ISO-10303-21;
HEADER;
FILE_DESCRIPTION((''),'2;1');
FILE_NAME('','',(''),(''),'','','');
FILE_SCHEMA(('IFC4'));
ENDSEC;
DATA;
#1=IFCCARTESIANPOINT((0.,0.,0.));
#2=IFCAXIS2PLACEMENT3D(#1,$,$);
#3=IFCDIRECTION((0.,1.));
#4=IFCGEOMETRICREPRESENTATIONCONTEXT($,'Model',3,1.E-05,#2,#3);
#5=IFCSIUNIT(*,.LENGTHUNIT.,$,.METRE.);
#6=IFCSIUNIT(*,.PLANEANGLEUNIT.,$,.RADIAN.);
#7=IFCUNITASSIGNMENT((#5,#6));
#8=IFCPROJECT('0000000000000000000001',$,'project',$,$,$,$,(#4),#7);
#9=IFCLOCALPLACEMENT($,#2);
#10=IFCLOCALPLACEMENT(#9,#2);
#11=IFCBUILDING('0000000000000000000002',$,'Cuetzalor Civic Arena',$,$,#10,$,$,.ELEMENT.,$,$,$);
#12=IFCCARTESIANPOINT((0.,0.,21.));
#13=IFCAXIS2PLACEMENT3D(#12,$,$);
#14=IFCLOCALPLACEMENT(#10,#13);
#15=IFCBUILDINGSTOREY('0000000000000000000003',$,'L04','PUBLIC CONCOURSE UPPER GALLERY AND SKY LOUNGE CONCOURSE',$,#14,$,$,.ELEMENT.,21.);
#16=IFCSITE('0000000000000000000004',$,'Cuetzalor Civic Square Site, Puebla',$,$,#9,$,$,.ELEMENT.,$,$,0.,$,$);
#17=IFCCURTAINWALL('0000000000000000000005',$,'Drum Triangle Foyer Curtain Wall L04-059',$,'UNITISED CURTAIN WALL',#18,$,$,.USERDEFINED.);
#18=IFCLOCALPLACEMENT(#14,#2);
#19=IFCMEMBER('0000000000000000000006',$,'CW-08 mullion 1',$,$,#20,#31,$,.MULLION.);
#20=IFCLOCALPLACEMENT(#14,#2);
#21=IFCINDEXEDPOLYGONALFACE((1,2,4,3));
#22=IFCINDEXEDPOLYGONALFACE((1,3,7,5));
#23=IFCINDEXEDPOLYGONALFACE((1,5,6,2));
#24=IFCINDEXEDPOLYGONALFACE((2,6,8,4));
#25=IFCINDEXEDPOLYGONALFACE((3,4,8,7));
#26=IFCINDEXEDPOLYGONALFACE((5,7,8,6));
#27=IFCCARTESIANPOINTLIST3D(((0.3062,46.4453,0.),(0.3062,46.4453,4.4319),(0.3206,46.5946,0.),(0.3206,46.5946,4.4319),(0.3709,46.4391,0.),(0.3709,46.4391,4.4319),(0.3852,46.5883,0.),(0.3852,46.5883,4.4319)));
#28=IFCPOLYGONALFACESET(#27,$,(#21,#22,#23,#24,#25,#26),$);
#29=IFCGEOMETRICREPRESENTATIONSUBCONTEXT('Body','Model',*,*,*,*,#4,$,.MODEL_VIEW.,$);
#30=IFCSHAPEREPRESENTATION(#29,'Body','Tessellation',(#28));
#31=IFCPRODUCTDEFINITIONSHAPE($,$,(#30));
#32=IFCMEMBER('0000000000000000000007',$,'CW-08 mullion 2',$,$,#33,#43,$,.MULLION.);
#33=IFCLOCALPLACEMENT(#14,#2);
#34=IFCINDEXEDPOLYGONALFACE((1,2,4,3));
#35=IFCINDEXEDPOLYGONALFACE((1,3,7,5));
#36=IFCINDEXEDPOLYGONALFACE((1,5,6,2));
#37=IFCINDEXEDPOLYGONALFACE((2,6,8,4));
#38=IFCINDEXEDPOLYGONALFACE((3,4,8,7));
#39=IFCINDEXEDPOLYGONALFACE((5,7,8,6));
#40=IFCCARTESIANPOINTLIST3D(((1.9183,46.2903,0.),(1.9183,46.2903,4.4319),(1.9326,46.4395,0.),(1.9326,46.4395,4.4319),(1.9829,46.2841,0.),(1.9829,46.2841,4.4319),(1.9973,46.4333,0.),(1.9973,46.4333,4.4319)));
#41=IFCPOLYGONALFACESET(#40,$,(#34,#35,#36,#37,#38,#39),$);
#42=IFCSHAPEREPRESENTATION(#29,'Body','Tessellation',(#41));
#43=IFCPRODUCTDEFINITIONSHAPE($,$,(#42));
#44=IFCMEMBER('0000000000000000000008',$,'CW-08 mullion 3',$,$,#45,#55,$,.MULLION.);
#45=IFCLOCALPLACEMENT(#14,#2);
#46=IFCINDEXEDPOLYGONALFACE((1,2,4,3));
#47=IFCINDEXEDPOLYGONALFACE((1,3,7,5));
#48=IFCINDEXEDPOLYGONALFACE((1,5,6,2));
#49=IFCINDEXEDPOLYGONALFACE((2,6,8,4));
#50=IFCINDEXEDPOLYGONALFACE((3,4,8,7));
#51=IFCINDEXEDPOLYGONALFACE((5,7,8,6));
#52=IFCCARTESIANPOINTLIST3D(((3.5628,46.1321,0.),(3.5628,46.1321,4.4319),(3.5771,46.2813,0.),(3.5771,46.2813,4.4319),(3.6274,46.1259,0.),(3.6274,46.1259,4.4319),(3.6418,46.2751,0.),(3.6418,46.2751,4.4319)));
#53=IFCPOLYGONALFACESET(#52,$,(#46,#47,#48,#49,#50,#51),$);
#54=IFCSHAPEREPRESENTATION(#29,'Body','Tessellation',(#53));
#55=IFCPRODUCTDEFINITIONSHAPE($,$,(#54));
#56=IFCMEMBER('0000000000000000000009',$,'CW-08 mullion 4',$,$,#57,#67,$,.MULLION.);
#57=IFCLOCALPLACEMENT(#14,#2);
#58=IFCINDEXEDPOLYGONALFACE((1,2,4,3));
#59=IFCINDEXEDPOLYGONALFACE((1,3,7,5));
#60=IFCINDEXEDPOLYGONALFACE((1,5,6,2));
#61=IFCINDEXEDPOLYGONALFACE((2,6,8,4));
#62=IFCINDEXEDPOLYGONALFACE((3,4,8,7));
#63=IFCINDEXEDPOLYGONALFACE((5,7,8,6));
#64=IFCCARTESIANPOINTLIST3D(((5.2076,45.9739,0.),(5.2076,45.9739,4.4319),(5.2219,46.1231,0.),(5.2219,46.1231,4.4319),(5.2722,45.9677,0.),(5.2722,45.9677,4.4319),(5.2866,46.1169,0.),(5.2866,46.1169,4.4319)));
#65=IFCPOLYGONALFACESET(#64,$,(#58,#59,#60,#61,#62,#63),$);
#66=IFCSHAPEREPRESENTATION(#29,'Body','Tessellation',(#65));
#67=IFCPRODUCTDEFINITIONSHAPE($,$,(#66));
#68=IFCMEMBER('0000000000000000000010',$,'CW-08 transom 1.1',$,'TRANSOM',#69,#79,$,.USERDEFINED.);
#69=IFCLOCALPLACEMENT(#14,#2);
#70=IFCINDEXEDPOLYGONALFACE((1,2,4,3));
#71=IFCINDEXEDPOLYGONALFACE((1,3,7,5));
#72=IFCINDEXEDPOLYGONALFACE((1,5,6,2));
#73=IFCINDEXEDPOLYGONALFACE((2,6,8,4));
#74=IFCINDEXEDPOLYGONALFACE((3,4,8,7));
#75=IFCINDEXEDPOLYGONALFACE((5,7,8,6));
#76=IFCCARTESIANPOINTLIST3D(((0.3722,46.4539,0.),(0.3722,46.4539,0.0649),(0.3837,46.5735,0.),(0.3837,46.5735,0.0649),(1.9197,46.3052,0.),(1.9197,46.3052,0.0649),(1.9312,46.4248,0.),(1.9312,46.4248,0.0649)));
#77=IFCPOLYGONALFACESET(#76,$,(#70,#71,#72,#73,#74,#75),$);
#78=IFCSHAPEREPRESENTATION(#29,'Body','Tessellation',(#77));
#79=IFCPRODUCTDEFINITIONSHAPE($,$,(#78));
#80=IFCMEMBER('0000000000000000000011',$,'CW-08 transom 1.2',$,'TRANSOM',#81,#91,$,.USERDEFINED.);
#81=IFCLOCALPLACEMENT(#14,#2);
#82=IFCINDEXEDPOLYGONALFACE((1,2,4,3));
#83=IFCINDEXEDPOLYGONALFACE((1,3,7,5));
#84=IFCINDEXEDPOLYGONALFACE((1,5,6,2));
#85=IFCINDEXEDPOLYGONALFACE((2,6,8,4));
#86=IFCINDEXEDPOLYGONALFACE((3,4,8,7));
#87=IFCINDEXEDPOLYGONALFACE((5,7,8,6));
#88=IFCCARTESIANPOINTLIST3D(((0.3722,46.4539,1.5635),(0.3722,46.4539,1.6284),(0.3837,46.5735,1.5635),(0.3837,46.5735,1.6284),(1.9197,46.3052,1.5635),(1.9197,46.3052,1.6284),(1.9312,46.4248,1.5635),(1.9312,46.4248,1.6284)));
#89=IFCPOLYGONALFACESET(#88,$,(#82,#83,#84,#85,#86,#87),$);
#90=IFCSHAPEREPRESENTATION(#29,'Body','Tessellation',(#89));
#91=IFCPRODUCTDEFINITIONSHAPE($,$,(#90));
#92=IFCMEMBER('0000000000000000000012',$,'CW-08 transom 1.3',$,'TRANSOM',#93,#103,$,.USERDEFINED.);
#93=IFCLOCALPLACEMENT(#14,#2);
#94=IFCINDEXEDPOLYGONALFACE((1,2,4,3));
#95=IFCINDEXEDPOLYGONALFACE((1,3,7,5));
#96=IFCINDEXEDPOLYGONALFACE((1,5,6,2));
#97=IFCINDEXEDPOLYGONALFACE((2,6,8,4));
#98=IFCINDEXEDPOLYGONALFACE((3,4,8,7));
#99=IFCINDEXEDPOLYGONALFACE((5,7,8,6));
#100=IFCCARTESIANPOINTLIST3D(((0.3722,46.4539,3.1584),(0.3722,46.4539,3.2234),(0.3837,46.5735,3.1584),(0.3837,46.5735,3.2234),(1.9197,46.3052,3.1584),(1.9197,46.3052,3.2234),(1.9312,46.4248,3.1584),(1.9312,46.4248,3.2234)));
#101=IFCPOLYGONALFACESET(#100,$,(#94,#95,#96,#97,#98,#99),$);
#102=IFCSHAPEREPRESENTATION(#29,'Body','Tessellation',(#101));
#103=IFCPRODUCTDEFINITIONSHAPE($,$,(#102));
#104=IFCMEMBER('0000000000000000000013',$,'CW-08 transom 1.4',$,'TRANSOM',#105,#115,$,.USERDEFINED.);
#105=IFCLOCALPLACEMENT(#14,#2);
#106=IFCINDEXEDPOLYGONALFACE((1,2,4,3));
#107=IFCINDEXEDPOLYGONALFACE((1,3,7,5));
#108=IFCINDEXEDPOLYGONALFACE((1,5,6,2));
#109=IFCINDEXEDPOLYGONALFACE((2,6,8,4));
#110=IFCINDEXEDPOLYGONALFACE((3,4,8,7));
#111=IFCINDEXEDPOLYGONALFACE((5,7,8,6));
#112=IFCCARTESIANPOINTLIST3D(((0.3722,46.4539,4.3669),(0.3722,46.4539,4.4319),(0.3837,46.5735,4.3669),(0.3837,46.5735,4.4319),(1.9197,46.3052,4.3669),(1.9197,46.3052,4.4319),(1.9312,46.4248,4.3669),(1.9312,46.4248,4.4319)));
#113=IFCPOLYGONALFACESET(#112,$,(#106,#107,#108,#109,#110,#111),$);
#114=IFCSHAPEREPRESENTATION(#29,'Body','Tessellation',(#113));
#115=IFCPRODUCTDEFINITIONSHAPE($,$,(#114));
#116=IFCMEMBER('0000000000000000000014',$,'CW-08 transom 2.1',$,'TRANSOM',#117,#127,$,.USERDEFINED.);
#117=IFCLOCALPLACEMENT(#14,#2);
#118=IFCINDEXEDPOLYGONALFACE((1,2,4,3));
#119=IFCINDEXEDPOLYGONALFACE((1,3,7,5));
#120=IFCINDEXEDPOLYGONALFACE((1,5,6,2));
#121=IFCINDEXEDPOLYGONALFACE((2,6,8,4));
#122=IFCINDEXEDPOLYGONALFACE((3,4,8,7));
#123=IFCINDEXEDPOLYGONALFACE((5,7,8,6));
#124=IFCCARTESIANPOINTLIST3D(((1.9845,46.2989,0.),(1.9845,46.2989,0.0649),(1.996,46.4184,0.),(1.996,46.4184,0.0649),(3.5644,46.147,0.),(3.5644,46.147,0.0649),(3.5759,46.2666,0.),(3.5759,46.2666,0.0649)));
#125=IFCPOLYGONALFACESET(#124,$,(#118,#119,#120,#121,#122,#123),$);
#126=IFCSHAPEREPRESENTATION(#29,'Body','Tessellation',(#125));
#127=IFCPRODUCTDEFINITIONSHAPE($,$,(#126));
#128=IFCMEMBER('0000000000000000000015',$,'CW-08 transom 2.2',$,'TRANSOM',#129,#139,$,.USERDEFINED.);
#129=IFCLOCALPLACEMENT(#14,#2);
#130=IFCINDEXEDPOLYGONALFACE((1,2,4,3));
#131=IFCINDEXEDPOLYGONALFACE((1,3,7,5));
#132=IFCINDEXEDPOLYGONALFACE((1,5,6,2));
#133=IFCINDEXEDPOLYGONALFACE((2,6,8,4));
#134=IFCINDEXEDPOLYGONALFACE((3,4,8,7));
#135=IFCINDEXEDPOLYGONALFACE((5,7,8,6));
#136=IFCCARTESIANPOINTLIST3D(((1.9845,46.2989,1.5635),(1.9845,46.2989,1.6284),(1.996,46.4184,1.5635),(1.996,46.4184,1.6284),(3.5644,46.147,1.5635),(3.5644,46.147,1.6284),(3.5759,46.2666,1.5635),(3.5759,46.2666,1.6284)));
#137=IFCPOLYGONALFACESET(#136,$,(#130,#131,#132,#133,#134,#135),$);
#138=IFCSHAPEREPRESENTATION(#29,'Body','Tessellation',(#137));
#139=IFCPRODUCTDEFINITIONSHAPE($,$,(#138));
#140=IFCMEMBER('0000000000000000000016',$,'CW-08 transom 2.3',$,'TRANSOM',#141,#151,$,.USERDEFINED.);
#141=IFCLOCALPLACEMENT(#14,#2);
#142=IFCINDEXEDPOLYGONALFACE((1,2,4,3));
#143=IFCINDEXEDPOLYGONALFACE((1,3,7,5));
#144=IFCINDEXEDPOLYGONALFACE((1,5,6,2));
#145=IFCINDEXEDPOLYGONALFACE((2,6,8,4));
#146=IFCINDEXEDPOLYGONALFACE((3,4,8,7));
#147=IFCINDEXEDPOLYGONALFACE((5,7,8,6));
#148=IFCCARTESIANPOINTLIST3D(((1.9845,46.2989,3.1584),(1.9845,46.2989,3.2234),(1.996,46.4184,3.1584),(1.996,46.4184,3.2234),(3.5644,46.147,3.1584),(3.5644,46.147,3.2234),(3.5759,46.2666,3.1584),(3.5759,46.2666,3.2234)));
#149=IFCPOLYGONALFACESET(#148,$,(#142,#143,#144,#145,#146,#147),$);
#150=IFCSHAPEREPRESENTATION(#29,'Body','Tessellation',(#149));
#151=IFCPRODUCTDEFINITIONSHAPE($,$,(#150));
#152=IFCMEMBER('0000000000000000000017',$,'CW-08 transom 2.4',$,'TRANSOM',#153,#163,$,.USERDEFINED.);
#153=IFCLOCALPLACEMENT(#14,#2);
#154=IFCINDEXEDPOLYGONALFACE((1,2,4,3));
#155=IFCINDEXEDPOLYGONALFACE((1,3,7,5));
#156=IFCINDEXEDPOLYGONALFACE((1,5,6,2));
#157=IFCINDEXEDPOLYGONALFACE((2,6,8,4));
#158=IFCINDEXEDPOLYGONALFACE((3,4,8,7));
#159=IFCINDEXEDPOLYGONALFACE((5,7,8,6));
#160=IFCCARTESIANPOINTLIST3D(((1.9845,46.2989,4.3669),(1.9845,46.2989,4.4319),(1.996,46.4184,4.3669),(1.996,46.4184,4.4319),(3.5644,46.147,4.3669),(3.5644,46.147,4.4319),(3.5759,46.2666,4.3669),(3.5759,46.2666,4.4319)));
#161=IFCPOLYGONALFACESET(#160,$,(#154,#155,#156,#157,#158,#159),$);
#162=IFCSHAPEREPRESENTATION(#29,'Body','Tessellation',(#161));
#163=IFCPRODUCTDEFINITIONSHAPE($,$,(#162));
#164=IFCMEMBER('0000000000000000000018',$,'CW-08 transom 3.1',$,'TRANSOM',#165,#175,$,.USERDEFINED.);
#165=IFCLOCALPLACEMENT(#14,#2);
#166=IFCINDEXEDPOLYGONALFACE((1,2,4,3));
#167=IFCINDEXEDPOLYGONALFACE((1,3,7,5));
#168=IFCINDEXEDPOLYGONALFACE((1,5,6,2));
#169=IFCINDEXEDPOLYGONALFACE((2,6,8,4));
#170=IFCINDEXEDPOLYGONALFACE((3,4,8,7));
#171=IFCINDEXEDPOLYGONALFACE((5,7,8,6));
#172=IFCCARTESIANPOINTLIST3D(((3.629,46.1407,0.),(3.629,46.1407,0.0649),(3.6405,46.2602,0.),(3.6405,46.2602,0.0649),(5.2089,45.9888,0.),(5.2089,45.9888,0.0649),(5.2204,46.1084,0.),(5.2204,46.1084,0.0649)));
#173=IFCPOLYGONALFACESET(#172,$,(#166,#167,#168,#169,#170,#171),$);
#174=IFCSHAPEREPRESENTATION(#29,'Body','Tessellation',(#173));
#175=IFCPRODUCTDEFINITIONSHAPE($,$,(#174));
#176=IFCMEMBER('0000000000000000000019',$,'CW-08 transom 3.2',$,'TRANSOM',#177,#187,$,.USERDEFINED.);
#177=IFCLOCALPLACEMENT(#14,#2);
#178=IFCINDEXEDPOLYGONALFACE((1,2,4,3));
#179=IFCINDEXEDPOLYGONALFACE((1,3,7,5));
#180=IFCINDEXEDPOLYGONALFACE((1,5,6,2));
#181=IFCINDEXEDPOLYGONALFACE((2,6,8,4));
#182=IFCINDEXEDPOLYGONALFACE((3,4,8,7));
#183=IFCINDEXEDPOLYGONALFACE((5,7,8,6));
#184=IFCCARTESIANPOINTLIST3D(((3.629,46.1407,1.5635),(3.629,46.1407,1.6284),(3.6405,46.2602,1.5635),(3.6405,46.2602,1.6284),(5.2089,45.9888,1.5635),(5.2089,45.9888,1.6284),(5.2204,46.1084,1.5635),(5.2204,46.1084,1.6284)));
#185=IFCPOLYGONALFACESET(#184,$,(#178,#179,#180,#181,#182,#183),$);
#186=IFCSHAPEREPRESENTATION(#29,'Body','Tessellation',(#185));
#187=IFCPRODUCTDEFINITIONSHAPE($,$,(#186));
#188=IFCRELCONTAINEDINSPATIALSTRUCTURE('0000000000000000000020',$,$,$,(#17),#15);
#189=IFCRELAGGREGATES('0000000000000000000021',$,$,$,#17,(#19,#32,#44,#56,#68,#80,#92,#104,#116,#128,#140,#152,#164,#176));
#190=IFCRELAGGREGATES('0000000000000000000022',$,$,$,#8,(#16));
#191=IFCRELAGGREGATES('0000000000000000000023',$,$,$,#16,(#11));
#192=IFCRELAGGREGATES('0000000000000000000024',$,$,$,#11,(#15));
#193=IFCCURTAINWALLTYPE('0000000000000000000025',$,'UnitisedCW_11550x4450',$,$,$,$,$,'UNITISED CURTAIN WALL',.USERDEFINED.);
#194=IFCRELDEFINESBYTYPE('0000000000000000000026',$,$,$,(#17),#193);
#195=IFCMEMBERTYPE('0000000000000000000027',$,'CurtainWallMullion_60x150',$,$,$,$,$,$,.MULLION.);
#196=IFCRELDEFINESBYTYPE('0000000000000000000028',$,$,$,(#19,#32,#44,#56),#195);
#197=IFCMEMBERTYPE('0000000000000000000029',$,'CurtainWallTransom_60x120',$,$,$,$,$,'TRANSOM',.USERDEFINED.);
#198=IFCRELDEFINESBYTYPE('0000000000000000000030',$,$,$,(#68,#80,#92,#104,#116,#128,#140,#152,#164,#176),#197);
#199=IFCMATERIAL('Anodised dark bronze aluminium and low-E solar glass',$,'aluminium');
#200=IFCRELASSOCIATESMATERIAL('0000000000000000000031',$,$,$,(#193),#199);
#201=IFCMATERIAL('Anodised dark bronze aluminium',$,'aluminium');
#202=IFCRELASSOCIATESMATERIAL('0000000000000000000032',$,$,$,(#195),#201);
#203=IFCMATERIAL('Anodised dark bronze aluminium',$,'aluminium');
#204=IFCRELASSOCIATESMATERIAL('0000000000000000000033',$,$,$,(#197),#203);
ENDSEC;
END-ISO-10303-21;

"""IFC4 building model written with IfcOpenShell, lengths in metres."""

from ifc_helpers import new_model, si_unit, direction, frame, origin, origin_2d, place, context, subcontext, project, spatial, rectangle, extrude, material, material_profile, profile_set, type_object, element, aggregate, save


model = new_model("IFC4")

# Units and contexts
model_context = context("Model", 3, precision=1e-05, world=origin(), true_north=direction((0.0, 1.0)))
body_context = subcontext(model_context, "Body", "Model", "MODEL_VIEW")
ifc_project = project(units=[si_unit("LENGTHUNIT", "METRE"), si_unit("PLANEANGLEUNIT", "RADIAN")], contexts=[model_context])

# Site, building, storey
site_placement = place(None, origin())
site = spatial("IfcSite", under=ifc_project, at=site_placement, Name="Cuetzalor Civic Square Site, Puebla", CompositionType="ELEMENT", RefElevation=0.0)
building_placement = place(site_placement, origin())
building = spatial("IfcBuilding", under=site, at=building_placement, Name="Cuetzalor Civic Arena", CompositionType="ELEMENT")
storey_placement = place(building_placement, frame((0.0, 0.0, 21.0)))
storey = spatial("IfcBuildingStorey", under=building, at=storey_placement, Name="L04", Description="PUBLIC CONCOURSE UPPER GALLERY AND SKY LOUNGE CONCOURSE", CompositionType="ELEMENT", Elevation=21.0)

# Curtain wall, members
ifc_material_1 = material(Name="Anodised dark bronze aluminium and low-E solar glass", Category="aluminium")
curtain_wall_type = type_object("IfcCurtainWallType", Name="UnitisedCW_11550x4450", ElementType="UNITISED CURTAIN WALL", PredefinedType="USERDEFINED", material=ifc_material_1)
curtain_wall_placement = place(storey_placement, origin())
curtain_wall = element("IfcCurtainWall", 1, at=curtain_wall_placement, inside=storey, type_object=curtain_wall_type, Name="Drum Triangle Foyer Curtain Wall L04-059", ObjectType="UNITISED CURTAIN WALL", PredefinedType="USERDEFINED")
ifc_material_2 = material(Name="Anodised dark bronze aluminium", Category="aluminium")
ifc_material_profile_1 = material_profile(ifc_material_2, rectangle(XDim=0.0649, YDim=0.1499, at=origin_2d()), Name="ALU MULLION 65x150")
ifc_profile_set_1 = profile_set([ifc_material_profile_1], Name="Anodised dark bronze aluminium")
member_type_1 = type_object("IfcMemberType", Name="CurtainWallMullion_60x150", PredefinedType="MULLION", material=ifc_profile_set_1)
member_1_placement = place(storey_placement, frame((0.3457, 46.5168, 0.0), z_axis=(0.0, 0.0, 1.0), x_axis=(0.995409, -0.095711, 0.0)))
member_1 = element("IfcMember", 2, at=member_1_placement, type_object=member_type_1, Name="CW-08 mullion 1", PredefinedType="MULLION", context=body_context, shape_type="SweptSolid", body=[
    extrude(rectangle(XDim=0.0649, YDim=0.1499, at=origin_2d()), origin(), (0.0, 0.0, 1.0), 4.4319),
])
member_2_placement = place(storey_placement, frame((1.9578, 46.3618, 0.0), z_axis=(0.0, 0.0, 1.0), x_axis=(0.995409, -0.095711, 0.0)))
member_2 = element("IfcMember", 3, at=member_2_placement, type_object=member_type_1, Name="CW-08 mullion 2", PredefinedType="MULLION", context=body_context, shape_type="SweptSolid", body=[
    extrude(rectangle(XDim=0.0649, YDim=0.1499, at=origin_2d()), origin(), (0.0, 0.0, 1.0), 4.4319),
])
member_3_placement = place(storey_placement, frame((3.6023, 46.2036, 0.0), z_axis=(0.0, 0.0, 1.0), x_axis=(0.995409, -0.095711, 0.0)))
member_3 = element("IfcMember", 4, at=member_3_placement, type_object=member_type_1, Name="CW-08 mullion 3", PredefinedType="MULLION", context=body_context, shape_type="SweptSolid", body=[
    extrude(rectangle(XDim=0.0649, YDim=0.1499, at=origin_2d()), origin(), (0.0, 0.0, 1.0), 4.4319),
])
member_4_placement = place(storey_placement, frame((5.2471, 46.0454, 0.0), z_axis=(0.0, 0.0, 1.0), x_axis=(0.995409, -0.095711, 0.0)))
member_4 = element("IfcMember", 5, at=member_4_placement, type_object=member_type_1, Name="CW-08 mullion 4", PredefinedType="MULLION", context=body_context, shape_type="SweptSolid", body=[
    extrude(rectangle(XDim=0.0649, YDim=0.1499, at=origin_2d()), origin(), (0.0, 0.0, 1.0), 4.4319),
])
ifc_material_3 = material(Name="Anodised dark bronze aluminium", Category="aluminium")
ifc_material_profile_2 = material_profile(ifc_material_3, rectangle(XDim=0.1201, YDim=0.0649, at=origin_2d()), Name="ALU TRANSOM 65x120")
ifc_profile_set_2 = profile_set([ifc_material_profile_2], Name="Anodised dark bronze aluminium")
member_type_2 = type_object("IfcMemberType", Name="CurtainWallTransom_60x120", ElementType="TRANSOM", PredefinedType="USERDEFINED", material=ifc_profile_set_2)
member_5_placement = place(storey_placement, frame((0.3779, 46.5137, 0.0325), z_axis=(0.995417, -0.095632, 0.0), x_axis=(0.095632, 0.995417, 0.0)))
member_5 = element("IfcMember", 6, at=member_5_placement, type_object=member_type_2, Name="CW-08 transom 1.1", ObjectType="TRANSOM", PredefinedType="USERDEFINED", context=body_context, shape_type="SweptSolid", body=[
    extrude(rectangle(XDim=0.1201, YDim=0.0649, at=origin_2d()), origin(), (0.0, 0.0, 1.0), 1.5547),
])
member_6_placement = place(storey_placement, frame((0.3779, 46.5137, 1.5959), z_axis=(0.995417, -0.095632, 0.0), x_axis=(0.095632, 0.995417, 0.0)))
member_6 = element("IfcMember", 7, at=member_6_placement, type_object=member_type_2, Name="CW-08 transom 1.2", ObjectType="TRANSOM", PredefinedType="USERDEFINED", context=body_context, shape_type="SweptSolid", body=[
    extrude(rectangle(XDim=0.1201, YDim=0.0649, at=origin_2d()), origin(), (0.0, 0.0, 1.0), 1.5547),
])
member_7_placement = place(storey_placement, frame((0.3779, 46.5137, 3.1909), z_axis=(0.995417, -0.095632, 0.0), x_axis=(0.095632, 0.995417, 0.0)))
member_7 = element("IfcMember", 8, at=member_7_placement, type_object=member_type_2, Name="CW-08 transom 1.3", ObjectType="TRANSOM", PredefinedType="USERDEFINED", context=body_context, shape_type="SweptSolid", body=[
    extrude(rectangle(XDim=0.1201, YDim=0.0649, at=origin_2d()), origin(), (0.0, 0.0, 1.0), 1.5547),
])
member_8_placement = place(storey_placement, frame((0.3779, 46.5137, 4.3994), z_axis=(0.995417, -0.095632, 0.0), x_axis=(0.095632, 0.995417, 0.0)))
member_8 = element("IfcMember", 9, at=member_8_placement, type_object=member_type_2, Name="CW-08 transom 1.4", ObjectType="TRANSOM", PredefinedType="USERDEFINED", context=body_context, shape_type="SweptSolid", body=[
    extrude(rectangle(XDim=0.1201, YDim=0.0649, at=origin_2d()), origin(), (0.0, 0.0, 1.0), 1.5547),
])
member_9_placement = place(storey_placement, frame((1.9902, 46.3586, 0.0325), z_axis=(0.995412, -0.09568, 0.0), x_axis=(0.09568, 0.995412, 0.0)))
member_9 = element("IfcMember", 10, at=member_9_placement, type_object=member_type_2, Name="CW-08 transom 2.1", ObjectType="TRANSOM", PredefinedType="USERDEFINED", context=body_context, shape_type="SweptSolid", body=[
    extrude(rectangle(XDim=0.1201, YDim=0.0649, at=origin_2d()), origin(), (0.0, 0.0, 1.0), 1.5872),
])
member_10_placement = place(storey_placement, frame((1.9902, 46.3586, 1.5959), z_axis=(0.995412, -0.09568, 0.0), x_axis=(0.09568, 0.995412, 0.0)))
member_10 = element("IfcMember", 11, at=member_10_placement, type_object=member_type_2, Name="CW-08 transom 2.2", ObjectType="TRANSOM", PredefinedType="USERDEFINED", context=body_context, shape_type="SweptSolid", body=[
    extrude(rectangle(XDim=0.1201, YDim=0.0649, at=origin_2d()), origin(), (0.0, 0.0, 1.0), 1.5872),
])
member_11_placement = place(storey_placement, frame((1.9902, 46.3586, 3.1909), z_axis=(0.995412, -0.09568, 0.0), x_axis=(0.09568, 0.995412, 0.0)))
member_11 = element("IfcMember", 12, at=member_11_placement, type_object=member_type_2, Name="CW-08 transom 2.3", ObjectType="TRANSOM", PredefinedType="USERDEFINED", context=body_context, shape_type="SweptSolid", body=[
    extrude(rectangle(XDim=0.1201, YDim=0.0649, at=origin_2d()), origin(), (0.0, 0.0, 1.0), 1.5872),
])
member_12_placement = place(storey_placement, frame((1.9902, 46.3586, 4.3994), z_axis=(0.995412, -0.09568, 0.0), x_axis=(0.09568, 0.995412, 0.0)))
member_12 = element("IfcMember", 13, at=member_12_placement, type_object=member_type_2, Name="CW-08 transom 2.4", ObjectType="TRANSOM", PredefinedType="USERDEFINED", context=body_context, shape_type="SweptSolid", body=[
    extrude(rectangle(XDim=0.1201, YDim=0.0649, at=origin_2d()), origin(), (0.0, 0.0, 1.0), 1.5872),
])
member_13_placement = place(storey_placement, frame((3.6348, 46.2004, 0.0325), z_axis=(0.995412, -0.09568, 0.0), x_axis=(0.09568, 0.995412, 0.0)))
member_13 = element("IfcMember", 14, at=member_13_placement, type_object=member_type_2, Name="CW-08 transom 3.1", ObjectType="TRANSOM", PredefinedType="USERDEFINED", context=body_context, shape_type="SweptSolid", body=[
    extrude(rectangle(XDim=0.1201, YDim=0.0649, at=origin_2d()), origin(), (0.0, 0.0, 1.0), 1.5872),
])
member_14_placement = place(storey_placement, frame((3.6348, 46.2004, 1.5959), z_axis=(0.995412, -0.09568, 0.0), x_axis=(0.09568, 0.995412, 0.0)))
member_14 = element("IfcMember", 15, at=member_14_placement, type_object=member_type_2, Name="CW-08 transom 3.2", ObjectType="TRANSOM", PredefinedType="USERDEFINED", context=body_context, shape_type="SweptSolid", body=[
    extrude(rectangle(XDim=0.1201, YDim=0.0649, at=origin_2d()), origin(), (0.0, 0.0, 1.0), 1.5872),
])
aggregate(curtain_wall, [member_1, member_2, member_3, member_4, member_5, member_6, member_7, member_8, member_9, member_10, member_11, member_12, member_13, member_14])

save(model, "model.ifc")
